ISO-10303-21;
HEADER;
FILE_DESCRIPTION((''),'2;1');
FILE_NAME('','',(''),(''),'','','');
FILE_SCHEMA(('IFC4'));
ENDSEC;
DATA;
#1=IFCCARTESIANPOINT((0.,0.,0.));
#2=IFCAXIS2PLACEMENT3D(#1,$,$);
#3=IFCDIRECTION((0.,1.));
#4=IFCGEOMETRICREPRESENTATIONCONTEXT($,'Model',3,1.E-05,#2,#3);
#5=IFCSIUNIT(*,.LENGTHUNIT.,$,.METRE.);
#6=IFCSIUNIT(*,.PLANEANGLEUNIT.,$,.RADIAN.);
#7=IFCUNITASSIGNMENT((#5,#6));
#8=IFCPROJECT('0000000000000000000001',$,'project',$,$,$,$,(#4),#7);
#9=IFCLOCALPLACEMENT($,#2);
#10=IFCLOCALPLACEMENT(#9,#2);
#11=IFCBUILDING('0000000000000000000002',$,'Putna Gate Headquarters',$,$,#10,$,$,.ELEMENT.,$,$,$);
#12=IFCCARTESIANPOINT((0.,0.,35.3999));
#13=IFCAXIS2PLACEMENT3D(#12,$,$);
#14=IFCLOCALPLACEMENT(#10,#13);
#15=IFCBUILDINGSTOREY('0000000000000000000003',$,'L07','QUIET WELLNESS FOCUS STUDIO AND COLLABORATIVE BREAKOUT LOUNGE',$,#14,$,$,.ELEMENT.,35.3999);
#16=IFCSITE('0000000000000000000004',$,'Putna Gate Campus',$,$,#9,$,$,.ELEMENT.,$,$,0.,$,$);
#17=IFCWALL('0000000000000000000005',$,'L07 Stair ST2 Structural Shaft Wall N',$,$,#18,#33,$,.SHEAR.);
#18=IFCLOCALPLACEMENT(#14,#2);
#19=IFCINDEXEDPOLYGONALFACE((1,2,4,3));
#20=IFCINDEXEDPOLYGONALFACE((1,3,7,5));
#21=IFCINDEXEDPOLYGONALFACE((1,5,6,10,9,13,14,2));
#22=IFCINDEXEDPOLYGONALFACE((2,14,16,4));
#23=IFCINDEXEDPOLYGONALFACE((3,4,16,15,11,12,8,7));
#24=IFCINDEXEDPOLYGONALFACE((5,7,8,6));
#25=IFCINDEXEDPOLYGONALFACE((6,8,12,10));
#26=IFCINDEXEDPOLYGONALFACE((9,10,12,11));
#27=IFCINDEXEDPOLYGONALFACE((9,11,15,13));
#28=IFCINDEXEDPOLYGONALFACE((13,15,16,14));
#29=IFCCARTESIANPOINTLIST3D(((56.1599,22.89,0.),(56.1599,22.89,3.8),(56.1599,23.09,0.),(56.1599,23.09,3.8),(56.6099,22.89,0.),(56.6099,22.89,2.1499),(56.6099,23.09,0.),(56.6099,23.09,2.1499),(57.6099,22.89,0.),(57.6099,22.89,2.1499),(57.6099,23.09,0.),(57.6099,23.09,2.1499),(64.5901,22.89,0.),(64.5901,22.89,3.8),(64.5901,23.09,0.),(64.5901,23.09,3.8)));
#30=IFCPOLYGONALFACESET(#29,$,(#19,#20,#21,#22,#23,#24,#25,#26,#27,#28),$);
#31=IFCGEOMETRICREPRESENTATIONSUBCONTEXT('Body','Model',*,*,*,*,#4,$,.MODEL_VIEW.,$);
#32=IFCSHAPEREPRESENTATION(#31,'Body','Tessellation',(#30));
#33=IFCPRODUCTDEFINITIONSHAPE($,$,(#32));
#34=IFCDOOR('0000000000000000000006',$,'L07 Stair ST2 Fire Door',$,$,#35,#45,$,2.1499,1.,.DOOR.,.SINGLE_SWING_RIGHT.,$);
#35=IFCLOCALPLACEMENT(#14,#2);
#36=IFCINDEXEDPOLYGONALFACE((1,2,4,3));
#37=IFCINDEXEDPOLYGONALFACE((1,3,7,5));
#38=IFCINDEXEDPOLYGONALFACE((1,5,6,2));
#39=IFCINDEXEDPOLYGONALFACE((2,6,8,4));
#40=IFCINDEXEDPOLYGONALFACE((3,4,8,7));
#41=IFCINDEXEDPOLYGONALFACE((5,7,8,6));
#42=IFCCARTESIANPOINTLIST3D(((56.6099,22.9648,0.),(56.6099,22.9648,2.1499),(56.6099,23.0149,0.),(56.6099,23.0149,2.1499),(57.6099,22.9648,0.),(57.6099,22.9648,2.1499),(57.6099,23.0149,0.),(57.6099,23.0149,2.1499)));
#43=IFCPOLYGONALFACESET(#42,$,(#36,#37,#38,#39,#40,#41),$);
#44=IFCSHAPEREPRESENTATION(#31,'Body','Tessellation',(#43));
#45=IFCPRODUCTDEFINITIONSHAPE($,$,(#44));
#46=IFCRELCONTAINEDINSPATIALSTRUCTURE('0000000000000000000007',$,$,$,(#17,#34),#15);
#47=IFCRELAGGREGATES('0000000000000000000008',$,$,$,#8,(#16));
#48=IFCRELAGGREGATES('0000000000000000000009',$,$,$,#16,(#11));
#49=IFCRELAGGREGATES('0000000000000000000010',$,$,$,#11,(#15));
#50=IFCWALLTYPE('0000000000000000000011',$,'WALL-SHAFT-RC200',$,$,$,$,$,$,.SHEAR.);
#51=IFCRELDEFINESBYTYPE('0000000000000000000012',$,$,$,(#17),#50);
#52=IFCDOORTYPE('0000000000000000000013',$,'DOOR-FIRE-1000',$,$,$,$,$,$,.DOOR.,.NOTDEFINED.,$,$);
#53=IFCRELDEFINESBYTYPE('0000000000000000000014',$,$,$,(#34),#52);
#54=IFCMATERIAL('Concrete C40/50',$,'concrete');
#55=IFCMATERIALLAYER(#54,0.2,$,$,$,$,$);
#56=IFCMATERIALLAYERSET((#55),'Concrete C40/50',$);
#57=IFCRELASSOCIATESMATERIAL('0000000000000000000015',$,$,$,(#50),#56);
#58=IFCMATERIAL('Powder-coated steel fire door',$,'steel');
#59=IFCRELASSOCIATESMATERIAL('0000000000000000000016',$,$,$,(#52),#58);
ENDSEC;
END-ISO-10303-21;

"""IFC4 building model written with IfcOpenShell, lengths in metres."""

from ifc_helpers import new_model, si_unit, direction, frame, frame_2d, origin, place, context, subcontext, project, spatial, rectangle, extrude, material, layer, layer_set, type_object, element, fill, save


model = new_model("IFC4")

# Units and contexts
model_context = context("Model", 3, precision=1e-05, world=origin(), true_north=direction((0.0, 1.0)))
body_context = subcontext(model_context, "Body", "Model", "MODEL_VIEW")
ifc_project = project(units=[si_unit("LENGTHUNIT", "METRE"), si_unit("PLANEANGLEUNIT", "RADIAN")], contexts=[model_context])

# Site, building, storey
site_placement = place(None, origin())
site = spatial("IfcSite", under=ifc_project, at=site_placement, Name="Putna Gate Campus", CompositionType="ELEMENT", RefElevation=0.0)
building_placement = place(site_placement, origin())
building = spatial("IfcBuilding", under=site, at=building_placement, Name="Putna Gate Headquarters", CompositionType="ELEMENT")
storey_placement = place(building_placement, frame((0.0, 0.0, 35.3999)))
storey = spatial("IfcBuildingStorey", under=building, at=storey_placement, Name="L07", Description="QUIET WELLNESS FOCUS STUDIO AND COLLABORATIVE BREAKOUT LOUNGE", CompositionType="ELEMENT", Elevation=35.3999)

# Shared definitions
ifc_material_1 = material(Name="Concrete C40/50", Category="concrete")

# Wall, opening, door
ifc_layer_1 = layer(ifc_material_1, 0.2)
ifc_layer_set_1 = layer_set([ifc_layer_1], Name="Concrete C40/50")
wall_type_1 = type_object("IfcWallType", Name="WALL-SHAFT-RC200", PredefinedType="SHEAR", material=ifc_layer_set_1)
wall_1_placement = place(storey_placement, frame((56.1599, 22.99, 0.0), z_axis=(0.0, 0.0, 1.0), x_axis=(1.0, 0.0, 0.0)))
wall_1 = element("IfcWall", 1, at=wall_1_placement, inside=storey, type_object=wall_type_1, Name="L07 Stair ST2 Structural Shaft Wall N", PredefinedType="SHEAR", context=body_context, shape_type="SweptSolid", body=[
    extrude(rectangle(XDim=8.4302, YDim=0.2, at=frame_2d((4.2151, 0.0))), origin(), (0.0, 0.0, 1.0), 3.8),
])
opening_1_placement = place(wall_1_placement, frame((0.45, 0.0, 0.0)))
opening_1 = element("IfcOpeningElement", 2, at=opening_1_placement, cuts=wall_1, PredefinedType="OPENING", context=body_context, shape_type="SweptSolid", body=[
    extrude(rectangle(XDim=1.0, YDim=2.1499, at=frame_2d((0.5, 1.075))), frame((0.0, 0.1099, 0.0), z_axis=(0.0, -1.0, 0.0), x_axis=(1.0, 0.0, 0.0)), (0.0, 0.0, 1.0), 0.22),
])
ifc_material_2 = material(Name="Powder-coated steel fire door", Category="steel")
door_type_1 = type_object("IfcDoorType", Name="DOOR-FIRE-1000", OperationType="NOTDEFINED", PredefinedType="DOOR", material=ifc_material_2)
door_1_placement = place(opening_1_placement, origin())
door_1 = element("IfcDoor", 3, at=door_1_placement, inside=storey, type_object=door_type_1, Name="L07 Stair ST2 Fire Door", OperationType="SINGLE_SWING_RIGHT", OverallHeight=2.1499, OverallWidth=1.0, PredefinedType="DOOR", context=body_context, shape_type="SweptSolid", body=[
    extrude(rectangle(XDim=1.0, YDim=2.1499, at=frame_2d((0.5, 1.075))), frame((0.0, 0.0249, 0.0), z_axis=(0.0, -1.0, 0.0), x_axis=(1.0, 0.0, 0.0)), (0.0, 0.0, 1.0), 0.05),
])
fill(opening_1, door_1)

save(model, "model.ifc")
